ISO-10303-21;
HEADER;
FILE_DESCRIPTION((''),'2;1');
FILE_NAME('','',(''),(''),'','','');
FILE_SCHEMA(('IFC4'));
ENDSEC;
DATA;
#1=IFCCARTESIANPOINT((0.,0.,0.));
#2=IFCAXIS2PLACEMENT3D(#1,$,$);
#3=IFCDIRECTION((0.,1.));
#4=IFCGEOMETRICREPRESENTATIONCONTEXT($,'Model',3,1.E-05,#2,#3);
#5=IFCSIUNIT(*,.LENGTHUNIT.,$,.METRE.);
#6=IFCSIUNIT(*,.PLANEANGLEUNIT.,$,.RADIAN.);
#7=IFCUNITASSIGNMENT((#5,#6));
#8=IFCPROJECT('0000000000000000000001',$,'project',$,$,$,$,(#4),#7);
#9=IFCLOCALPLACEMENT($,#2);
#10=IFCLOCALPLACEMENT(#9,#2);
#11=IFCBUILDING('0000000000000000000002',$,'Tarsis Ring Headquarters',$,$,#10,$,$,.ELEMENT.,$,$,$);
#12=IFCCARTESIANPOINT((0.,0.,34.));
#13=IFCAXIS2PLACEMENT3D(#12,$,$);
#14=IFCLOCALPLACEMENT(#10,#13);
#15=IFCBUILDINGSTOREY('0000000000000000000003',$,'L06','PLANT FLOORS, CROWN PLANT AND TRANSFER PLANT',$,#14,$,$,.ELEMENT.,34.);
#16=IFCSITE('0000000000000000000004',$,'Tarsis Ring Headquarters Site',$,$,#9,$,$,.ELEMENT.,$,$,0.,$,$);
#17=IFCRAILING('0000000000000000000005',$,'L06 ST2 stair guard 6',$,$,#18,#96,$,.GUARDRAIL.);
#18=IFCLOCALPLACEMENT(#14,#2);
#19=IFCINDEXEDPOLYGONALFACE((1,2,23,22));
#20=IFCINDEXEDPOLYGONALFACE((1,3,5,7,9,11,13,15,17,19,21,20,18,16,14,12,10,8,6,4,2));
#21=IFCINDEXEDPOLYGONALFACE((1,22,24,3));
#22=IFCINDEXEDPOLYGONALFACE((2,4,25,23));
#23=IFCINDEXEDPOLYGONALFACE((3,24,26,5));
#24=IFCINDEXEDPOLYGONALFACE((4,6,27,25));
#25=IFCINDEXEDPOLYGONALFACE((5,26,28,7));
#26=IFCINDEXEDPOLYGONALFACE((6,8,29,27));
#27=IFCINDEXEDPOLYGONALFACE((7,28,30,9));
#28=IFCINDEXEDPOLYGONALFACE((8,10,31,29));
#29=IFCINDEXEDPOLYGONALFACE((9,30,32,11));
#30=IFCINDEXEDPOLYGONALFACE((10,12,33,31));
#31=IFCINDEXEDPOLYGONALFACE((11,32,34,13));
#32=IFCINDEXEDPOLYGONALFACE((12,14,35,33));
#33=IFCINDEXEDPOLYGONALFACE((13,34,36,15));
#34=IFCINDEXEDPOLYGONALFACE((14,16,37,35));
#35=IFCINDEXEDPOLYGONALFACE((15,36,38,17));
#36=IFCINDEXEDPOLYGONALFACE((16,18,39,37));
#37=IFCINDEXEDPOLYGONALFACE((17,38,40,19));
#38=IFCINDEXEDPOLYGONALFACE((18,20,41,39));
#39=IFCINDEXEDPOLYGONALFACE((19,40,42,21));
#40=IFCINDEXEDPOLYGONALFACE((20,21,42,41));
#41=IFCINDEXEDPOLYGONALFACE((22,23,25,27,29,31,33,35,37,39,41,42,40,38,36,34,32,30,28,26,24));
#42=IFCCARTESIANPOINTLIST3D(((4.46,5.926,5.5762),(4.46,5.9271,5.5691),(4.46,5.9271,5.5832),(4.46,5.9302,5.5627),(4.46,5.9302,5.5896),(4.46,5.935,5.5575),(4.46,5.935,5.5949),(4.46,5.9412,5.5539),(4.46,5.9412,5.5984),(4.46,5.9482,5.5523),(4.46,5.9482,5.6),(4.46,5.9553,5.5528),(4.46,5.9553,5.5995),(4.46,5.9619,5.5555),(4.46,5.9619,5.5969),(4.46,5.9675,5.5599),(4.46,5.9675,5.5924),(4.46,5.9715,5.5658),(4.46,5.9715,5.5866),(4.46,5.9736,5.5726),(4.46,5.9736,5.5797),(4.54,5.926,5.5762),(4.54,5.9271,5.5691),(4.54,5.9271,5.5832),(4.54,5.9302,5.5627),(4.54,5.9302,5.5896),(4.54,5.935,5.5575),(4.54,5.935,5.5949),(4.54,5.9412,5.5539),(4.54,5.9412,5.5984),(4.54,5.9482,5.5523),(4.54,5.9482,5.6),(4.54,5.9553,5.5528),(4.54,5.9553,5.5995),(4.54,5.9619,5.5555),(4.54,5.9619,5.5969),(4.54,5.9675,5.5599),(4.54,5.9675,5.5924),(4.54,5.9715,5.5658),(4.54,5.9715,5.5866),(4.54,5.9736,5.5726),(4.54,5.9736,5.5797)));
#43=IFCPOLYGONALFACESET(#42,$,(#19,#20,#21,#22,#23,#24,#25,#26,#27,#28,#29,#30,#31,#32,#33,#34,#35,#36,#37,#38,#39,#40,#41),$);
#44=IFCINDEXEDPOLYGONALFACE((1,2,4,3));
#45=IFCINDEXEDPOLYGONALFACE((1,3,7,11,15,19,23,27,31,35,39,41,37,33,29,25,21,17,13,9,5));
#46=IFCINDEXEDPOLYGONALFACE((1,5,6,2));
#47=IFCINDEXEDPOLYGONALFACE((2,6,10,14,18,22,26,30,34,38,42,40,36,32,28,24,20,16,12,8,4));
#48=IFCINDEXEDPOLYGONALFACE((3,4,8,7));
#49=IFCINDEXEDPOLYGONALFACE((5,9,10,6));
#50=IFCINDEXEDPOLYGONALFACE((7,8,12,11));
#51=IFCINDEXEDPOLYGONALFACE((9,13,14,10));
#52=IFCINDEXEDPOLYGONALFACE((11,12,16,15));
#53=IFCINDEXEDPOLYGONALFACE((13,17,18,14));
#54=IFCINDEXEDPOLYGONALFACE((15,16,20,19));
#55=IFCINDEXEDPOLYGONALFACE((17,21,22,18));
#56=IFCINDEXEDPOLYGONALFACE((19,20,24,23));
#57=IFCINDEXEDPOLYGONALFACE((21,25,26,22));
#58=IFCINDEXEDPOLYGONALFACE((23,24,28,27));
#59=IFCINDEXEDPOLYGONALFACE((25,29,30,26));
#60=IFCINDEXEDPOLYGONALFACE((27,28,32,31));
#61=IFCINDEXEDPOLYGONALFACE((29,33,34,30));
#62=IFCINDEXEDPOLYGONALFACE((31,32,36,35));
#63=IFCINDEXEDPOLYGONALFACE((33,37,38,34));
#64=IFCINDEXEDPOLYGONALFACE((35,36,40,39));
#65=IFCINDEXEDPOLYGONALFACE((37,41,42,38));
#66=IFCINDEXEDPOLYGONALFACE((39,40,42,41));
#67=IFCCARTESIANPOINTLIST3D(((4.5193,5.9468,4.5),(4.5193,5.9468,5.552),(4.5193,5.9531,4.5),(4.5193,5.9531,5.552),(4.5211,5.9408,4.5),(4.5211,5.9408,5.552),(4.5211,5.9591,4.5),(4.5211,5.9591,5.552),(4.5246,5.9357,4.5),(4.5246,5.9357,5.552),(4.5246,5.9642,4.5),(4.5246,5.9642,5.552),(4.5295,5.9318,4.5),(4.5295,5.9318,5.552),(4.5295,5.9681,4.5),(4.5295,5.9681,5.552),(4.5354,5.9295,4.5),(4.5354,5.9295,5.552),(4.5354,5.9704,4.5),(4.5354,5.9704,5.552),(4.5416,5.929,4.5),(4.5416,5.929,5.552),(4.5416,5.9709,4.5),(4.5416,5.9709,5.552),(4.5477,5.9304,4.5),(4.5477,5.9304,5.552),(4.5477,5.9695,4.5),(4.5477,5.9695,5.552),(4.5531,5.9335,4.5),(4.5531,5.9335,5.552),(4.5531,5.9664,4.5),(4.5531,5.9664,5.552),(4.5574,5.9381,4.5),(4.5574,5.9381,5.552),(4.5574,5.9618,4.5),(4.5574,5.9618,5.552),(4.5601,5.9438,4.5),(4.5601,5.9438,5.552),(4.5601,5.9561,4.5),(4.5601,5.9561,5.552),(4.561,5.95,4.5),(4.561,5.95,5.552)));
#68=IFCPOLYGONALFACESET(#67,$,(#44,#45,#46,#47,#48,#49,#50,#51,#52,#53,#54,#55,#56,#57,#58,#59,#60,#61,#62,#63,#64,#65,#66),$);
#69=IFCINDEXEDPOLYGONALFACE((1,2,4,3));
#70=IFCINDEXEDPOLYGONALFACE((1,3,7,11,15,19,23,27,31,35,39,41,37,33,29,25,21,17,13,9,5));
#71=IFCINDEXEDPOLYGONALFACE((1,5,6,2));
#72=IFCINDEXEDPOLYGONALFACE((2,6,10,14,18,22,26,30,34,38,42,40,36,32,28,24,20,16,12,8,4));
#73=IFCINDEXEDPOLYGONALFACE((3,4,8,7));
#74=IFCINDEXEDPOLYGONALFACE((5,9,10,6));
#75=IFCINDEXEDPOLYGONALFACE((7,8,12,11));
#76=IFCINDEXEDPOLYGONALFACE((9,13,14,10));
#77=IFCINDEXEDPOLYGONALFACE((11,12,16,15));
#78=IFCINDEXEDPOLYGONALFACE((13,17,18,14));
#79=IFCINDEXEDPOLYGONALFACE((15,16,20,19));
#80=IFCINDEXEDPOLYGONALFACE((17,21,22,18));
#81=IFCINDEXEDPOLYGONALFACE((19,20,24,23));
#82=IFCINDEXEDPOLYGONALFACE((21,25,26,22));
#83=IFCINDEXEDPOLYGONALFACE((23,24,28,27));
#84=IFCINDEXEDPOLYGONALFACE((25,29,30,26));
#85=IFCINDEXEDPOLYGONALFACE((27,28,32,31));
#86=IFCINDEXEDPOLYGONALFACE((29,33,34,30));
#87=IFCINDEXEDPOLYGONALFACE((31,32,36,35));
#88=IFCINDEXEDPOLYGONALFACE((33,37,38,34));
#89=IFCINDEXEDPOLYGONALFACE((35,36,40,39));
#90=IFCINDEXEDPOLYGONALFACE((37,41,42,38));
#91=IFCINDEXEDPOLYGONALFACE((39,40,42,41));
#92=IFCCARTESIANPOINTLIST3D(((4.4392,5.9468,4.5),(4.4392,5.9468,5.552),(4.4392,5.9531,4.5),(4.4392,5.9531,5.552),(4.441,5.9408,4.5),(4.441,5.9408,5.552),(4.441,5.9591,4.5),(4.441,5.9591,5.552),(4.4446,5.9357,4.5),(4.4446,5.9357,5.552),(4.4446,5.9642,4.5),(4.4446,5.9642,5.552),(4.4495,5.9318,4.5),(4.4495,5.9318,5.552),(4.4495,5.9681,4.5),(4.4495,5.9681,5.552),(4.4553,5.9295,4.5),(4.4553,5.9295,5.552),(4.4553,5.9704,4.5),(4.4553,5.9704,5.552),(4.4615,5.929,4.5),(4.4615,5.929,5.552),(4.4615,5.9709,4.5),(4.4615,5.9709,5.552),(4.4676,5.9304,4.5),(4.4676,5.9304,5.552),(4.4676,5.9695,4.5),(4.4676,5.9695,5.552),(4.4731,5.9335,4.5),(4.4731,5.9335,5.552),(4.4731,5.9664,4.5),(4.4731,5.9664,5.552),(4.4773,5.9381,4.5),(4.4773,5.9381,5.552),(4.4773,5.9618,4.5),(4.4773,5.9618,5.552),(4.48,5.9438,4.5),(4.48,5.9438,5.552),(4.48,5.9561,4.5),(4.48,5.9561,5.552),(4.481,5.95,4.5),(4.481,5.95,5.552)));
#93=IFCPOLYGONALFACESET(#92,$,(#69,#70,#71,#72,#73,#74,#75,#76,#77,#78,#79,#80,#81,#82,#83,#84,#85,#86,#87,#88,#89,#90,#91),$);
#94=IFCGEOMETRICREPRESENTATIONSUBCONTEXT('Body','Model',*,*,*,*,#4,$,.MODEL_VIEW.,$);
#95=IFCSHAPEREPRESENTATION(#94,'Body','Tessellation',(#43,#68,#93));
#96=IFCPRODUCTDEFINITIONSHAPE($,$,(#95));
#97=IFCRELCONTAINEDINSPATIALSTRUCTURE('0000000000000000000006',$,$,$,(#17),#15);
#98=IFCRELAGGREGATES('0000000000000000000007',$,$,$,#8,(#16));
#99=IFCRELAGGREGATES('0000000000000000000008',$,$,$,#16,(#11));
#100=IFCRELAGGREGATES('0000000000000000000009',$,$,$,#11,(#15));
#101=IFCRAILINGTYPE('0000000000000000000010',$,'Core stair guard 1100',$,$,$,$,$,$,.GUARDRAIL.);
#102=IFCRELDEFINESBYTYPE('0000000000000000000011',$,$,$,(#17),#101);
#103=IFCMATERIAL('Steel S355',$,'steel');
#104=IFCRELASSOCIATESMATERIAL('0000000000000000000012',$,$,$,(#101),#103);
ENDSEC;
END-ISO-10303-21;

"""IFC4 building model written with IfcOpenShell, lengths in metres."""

from ifc_helpers import new_model, si_unit, direction, frame, origin, origin_2d, place, context, subcontext, project, spatial, circle, extrude, material, type_object, element, save


model = new_model("IFC4")

# Units and contexts
model_context = context("Model", 3, precision=1e-05, world=origin(), true_north=direction((0.0, 1.0)))
body_context = subcontext(model_context, "Body", "Model", "MODEL_VIEW")
ifc_project = project(units=[si_unit("LENGTHUNIT", "METRE"), si_unit("PLANEANGLEUNIT", "RADIAN")], contexts=[model_context])

# Site, building, storey
site_placement = place(None, origin())
site = spatial("IfcSite", under=ifc_project, at=site_placement, Name="Tarsis Ring Headquarters Site", CompositionType="ELEMENT", RefElevation=0.0)
building_placement = place(site_placement, origin())
building = spatial("IfcBuilding", under=site, at=building_placement, Name="Tarsis Ring Headquarters", CompositionType="ELEMENT")
storey_placement = place(building_placement, frame((0.0, 0.0, 34.0)))
storey = spatial("IfcBuildingStorey", under=building, at=storey_placement, Name="L06", Description="PLANT FLOORS, CROWN PLANT AND TRANSFER PLANT", CompositionType="ELEMENT", Elevation=34.0)

# Railing
ifc_material_1 = material(Name="Steel S355", Category="steel")
railing_type_1 = type_object("IfcRailingType", Name="Core stair guard 1100", PredefinedType="GUARDRAIL", material=ifc_material_1)
railing_1_placement = place(storey_placement, frame((4.54, 5.95, 4.5)))
element("IfcRailing", 1, at=railing_1_placement, inside=storey, type_object=railing_type_1, Name="L06 ST2 stair guard 6", PredefinedType="GUARDRAIL", context=body_context, shape_type="SweptSolid", body=[
    extrude(circle(Radius=0.0239, at=origin_2d()), frame((0.0, 0.0, 1.0762), z_axis=(-1.0, 0.0, 0.0), x_axis=(0.0, -1.0, 0.0)), (0.0, 0.0, 1.0), 0.0801),
    extrude(circle(Radius=0.021, at=origin_2d()), origin(), (0.0, 0.0, 1.0), 1.052),
    extrude(circle(Radius=0.021, at=origin_2d()), frame((-0.0801, 0.0, 0.0)), (0.0, 0.0, 1.0), 1.052),
])

save(model, "model.ifc")
